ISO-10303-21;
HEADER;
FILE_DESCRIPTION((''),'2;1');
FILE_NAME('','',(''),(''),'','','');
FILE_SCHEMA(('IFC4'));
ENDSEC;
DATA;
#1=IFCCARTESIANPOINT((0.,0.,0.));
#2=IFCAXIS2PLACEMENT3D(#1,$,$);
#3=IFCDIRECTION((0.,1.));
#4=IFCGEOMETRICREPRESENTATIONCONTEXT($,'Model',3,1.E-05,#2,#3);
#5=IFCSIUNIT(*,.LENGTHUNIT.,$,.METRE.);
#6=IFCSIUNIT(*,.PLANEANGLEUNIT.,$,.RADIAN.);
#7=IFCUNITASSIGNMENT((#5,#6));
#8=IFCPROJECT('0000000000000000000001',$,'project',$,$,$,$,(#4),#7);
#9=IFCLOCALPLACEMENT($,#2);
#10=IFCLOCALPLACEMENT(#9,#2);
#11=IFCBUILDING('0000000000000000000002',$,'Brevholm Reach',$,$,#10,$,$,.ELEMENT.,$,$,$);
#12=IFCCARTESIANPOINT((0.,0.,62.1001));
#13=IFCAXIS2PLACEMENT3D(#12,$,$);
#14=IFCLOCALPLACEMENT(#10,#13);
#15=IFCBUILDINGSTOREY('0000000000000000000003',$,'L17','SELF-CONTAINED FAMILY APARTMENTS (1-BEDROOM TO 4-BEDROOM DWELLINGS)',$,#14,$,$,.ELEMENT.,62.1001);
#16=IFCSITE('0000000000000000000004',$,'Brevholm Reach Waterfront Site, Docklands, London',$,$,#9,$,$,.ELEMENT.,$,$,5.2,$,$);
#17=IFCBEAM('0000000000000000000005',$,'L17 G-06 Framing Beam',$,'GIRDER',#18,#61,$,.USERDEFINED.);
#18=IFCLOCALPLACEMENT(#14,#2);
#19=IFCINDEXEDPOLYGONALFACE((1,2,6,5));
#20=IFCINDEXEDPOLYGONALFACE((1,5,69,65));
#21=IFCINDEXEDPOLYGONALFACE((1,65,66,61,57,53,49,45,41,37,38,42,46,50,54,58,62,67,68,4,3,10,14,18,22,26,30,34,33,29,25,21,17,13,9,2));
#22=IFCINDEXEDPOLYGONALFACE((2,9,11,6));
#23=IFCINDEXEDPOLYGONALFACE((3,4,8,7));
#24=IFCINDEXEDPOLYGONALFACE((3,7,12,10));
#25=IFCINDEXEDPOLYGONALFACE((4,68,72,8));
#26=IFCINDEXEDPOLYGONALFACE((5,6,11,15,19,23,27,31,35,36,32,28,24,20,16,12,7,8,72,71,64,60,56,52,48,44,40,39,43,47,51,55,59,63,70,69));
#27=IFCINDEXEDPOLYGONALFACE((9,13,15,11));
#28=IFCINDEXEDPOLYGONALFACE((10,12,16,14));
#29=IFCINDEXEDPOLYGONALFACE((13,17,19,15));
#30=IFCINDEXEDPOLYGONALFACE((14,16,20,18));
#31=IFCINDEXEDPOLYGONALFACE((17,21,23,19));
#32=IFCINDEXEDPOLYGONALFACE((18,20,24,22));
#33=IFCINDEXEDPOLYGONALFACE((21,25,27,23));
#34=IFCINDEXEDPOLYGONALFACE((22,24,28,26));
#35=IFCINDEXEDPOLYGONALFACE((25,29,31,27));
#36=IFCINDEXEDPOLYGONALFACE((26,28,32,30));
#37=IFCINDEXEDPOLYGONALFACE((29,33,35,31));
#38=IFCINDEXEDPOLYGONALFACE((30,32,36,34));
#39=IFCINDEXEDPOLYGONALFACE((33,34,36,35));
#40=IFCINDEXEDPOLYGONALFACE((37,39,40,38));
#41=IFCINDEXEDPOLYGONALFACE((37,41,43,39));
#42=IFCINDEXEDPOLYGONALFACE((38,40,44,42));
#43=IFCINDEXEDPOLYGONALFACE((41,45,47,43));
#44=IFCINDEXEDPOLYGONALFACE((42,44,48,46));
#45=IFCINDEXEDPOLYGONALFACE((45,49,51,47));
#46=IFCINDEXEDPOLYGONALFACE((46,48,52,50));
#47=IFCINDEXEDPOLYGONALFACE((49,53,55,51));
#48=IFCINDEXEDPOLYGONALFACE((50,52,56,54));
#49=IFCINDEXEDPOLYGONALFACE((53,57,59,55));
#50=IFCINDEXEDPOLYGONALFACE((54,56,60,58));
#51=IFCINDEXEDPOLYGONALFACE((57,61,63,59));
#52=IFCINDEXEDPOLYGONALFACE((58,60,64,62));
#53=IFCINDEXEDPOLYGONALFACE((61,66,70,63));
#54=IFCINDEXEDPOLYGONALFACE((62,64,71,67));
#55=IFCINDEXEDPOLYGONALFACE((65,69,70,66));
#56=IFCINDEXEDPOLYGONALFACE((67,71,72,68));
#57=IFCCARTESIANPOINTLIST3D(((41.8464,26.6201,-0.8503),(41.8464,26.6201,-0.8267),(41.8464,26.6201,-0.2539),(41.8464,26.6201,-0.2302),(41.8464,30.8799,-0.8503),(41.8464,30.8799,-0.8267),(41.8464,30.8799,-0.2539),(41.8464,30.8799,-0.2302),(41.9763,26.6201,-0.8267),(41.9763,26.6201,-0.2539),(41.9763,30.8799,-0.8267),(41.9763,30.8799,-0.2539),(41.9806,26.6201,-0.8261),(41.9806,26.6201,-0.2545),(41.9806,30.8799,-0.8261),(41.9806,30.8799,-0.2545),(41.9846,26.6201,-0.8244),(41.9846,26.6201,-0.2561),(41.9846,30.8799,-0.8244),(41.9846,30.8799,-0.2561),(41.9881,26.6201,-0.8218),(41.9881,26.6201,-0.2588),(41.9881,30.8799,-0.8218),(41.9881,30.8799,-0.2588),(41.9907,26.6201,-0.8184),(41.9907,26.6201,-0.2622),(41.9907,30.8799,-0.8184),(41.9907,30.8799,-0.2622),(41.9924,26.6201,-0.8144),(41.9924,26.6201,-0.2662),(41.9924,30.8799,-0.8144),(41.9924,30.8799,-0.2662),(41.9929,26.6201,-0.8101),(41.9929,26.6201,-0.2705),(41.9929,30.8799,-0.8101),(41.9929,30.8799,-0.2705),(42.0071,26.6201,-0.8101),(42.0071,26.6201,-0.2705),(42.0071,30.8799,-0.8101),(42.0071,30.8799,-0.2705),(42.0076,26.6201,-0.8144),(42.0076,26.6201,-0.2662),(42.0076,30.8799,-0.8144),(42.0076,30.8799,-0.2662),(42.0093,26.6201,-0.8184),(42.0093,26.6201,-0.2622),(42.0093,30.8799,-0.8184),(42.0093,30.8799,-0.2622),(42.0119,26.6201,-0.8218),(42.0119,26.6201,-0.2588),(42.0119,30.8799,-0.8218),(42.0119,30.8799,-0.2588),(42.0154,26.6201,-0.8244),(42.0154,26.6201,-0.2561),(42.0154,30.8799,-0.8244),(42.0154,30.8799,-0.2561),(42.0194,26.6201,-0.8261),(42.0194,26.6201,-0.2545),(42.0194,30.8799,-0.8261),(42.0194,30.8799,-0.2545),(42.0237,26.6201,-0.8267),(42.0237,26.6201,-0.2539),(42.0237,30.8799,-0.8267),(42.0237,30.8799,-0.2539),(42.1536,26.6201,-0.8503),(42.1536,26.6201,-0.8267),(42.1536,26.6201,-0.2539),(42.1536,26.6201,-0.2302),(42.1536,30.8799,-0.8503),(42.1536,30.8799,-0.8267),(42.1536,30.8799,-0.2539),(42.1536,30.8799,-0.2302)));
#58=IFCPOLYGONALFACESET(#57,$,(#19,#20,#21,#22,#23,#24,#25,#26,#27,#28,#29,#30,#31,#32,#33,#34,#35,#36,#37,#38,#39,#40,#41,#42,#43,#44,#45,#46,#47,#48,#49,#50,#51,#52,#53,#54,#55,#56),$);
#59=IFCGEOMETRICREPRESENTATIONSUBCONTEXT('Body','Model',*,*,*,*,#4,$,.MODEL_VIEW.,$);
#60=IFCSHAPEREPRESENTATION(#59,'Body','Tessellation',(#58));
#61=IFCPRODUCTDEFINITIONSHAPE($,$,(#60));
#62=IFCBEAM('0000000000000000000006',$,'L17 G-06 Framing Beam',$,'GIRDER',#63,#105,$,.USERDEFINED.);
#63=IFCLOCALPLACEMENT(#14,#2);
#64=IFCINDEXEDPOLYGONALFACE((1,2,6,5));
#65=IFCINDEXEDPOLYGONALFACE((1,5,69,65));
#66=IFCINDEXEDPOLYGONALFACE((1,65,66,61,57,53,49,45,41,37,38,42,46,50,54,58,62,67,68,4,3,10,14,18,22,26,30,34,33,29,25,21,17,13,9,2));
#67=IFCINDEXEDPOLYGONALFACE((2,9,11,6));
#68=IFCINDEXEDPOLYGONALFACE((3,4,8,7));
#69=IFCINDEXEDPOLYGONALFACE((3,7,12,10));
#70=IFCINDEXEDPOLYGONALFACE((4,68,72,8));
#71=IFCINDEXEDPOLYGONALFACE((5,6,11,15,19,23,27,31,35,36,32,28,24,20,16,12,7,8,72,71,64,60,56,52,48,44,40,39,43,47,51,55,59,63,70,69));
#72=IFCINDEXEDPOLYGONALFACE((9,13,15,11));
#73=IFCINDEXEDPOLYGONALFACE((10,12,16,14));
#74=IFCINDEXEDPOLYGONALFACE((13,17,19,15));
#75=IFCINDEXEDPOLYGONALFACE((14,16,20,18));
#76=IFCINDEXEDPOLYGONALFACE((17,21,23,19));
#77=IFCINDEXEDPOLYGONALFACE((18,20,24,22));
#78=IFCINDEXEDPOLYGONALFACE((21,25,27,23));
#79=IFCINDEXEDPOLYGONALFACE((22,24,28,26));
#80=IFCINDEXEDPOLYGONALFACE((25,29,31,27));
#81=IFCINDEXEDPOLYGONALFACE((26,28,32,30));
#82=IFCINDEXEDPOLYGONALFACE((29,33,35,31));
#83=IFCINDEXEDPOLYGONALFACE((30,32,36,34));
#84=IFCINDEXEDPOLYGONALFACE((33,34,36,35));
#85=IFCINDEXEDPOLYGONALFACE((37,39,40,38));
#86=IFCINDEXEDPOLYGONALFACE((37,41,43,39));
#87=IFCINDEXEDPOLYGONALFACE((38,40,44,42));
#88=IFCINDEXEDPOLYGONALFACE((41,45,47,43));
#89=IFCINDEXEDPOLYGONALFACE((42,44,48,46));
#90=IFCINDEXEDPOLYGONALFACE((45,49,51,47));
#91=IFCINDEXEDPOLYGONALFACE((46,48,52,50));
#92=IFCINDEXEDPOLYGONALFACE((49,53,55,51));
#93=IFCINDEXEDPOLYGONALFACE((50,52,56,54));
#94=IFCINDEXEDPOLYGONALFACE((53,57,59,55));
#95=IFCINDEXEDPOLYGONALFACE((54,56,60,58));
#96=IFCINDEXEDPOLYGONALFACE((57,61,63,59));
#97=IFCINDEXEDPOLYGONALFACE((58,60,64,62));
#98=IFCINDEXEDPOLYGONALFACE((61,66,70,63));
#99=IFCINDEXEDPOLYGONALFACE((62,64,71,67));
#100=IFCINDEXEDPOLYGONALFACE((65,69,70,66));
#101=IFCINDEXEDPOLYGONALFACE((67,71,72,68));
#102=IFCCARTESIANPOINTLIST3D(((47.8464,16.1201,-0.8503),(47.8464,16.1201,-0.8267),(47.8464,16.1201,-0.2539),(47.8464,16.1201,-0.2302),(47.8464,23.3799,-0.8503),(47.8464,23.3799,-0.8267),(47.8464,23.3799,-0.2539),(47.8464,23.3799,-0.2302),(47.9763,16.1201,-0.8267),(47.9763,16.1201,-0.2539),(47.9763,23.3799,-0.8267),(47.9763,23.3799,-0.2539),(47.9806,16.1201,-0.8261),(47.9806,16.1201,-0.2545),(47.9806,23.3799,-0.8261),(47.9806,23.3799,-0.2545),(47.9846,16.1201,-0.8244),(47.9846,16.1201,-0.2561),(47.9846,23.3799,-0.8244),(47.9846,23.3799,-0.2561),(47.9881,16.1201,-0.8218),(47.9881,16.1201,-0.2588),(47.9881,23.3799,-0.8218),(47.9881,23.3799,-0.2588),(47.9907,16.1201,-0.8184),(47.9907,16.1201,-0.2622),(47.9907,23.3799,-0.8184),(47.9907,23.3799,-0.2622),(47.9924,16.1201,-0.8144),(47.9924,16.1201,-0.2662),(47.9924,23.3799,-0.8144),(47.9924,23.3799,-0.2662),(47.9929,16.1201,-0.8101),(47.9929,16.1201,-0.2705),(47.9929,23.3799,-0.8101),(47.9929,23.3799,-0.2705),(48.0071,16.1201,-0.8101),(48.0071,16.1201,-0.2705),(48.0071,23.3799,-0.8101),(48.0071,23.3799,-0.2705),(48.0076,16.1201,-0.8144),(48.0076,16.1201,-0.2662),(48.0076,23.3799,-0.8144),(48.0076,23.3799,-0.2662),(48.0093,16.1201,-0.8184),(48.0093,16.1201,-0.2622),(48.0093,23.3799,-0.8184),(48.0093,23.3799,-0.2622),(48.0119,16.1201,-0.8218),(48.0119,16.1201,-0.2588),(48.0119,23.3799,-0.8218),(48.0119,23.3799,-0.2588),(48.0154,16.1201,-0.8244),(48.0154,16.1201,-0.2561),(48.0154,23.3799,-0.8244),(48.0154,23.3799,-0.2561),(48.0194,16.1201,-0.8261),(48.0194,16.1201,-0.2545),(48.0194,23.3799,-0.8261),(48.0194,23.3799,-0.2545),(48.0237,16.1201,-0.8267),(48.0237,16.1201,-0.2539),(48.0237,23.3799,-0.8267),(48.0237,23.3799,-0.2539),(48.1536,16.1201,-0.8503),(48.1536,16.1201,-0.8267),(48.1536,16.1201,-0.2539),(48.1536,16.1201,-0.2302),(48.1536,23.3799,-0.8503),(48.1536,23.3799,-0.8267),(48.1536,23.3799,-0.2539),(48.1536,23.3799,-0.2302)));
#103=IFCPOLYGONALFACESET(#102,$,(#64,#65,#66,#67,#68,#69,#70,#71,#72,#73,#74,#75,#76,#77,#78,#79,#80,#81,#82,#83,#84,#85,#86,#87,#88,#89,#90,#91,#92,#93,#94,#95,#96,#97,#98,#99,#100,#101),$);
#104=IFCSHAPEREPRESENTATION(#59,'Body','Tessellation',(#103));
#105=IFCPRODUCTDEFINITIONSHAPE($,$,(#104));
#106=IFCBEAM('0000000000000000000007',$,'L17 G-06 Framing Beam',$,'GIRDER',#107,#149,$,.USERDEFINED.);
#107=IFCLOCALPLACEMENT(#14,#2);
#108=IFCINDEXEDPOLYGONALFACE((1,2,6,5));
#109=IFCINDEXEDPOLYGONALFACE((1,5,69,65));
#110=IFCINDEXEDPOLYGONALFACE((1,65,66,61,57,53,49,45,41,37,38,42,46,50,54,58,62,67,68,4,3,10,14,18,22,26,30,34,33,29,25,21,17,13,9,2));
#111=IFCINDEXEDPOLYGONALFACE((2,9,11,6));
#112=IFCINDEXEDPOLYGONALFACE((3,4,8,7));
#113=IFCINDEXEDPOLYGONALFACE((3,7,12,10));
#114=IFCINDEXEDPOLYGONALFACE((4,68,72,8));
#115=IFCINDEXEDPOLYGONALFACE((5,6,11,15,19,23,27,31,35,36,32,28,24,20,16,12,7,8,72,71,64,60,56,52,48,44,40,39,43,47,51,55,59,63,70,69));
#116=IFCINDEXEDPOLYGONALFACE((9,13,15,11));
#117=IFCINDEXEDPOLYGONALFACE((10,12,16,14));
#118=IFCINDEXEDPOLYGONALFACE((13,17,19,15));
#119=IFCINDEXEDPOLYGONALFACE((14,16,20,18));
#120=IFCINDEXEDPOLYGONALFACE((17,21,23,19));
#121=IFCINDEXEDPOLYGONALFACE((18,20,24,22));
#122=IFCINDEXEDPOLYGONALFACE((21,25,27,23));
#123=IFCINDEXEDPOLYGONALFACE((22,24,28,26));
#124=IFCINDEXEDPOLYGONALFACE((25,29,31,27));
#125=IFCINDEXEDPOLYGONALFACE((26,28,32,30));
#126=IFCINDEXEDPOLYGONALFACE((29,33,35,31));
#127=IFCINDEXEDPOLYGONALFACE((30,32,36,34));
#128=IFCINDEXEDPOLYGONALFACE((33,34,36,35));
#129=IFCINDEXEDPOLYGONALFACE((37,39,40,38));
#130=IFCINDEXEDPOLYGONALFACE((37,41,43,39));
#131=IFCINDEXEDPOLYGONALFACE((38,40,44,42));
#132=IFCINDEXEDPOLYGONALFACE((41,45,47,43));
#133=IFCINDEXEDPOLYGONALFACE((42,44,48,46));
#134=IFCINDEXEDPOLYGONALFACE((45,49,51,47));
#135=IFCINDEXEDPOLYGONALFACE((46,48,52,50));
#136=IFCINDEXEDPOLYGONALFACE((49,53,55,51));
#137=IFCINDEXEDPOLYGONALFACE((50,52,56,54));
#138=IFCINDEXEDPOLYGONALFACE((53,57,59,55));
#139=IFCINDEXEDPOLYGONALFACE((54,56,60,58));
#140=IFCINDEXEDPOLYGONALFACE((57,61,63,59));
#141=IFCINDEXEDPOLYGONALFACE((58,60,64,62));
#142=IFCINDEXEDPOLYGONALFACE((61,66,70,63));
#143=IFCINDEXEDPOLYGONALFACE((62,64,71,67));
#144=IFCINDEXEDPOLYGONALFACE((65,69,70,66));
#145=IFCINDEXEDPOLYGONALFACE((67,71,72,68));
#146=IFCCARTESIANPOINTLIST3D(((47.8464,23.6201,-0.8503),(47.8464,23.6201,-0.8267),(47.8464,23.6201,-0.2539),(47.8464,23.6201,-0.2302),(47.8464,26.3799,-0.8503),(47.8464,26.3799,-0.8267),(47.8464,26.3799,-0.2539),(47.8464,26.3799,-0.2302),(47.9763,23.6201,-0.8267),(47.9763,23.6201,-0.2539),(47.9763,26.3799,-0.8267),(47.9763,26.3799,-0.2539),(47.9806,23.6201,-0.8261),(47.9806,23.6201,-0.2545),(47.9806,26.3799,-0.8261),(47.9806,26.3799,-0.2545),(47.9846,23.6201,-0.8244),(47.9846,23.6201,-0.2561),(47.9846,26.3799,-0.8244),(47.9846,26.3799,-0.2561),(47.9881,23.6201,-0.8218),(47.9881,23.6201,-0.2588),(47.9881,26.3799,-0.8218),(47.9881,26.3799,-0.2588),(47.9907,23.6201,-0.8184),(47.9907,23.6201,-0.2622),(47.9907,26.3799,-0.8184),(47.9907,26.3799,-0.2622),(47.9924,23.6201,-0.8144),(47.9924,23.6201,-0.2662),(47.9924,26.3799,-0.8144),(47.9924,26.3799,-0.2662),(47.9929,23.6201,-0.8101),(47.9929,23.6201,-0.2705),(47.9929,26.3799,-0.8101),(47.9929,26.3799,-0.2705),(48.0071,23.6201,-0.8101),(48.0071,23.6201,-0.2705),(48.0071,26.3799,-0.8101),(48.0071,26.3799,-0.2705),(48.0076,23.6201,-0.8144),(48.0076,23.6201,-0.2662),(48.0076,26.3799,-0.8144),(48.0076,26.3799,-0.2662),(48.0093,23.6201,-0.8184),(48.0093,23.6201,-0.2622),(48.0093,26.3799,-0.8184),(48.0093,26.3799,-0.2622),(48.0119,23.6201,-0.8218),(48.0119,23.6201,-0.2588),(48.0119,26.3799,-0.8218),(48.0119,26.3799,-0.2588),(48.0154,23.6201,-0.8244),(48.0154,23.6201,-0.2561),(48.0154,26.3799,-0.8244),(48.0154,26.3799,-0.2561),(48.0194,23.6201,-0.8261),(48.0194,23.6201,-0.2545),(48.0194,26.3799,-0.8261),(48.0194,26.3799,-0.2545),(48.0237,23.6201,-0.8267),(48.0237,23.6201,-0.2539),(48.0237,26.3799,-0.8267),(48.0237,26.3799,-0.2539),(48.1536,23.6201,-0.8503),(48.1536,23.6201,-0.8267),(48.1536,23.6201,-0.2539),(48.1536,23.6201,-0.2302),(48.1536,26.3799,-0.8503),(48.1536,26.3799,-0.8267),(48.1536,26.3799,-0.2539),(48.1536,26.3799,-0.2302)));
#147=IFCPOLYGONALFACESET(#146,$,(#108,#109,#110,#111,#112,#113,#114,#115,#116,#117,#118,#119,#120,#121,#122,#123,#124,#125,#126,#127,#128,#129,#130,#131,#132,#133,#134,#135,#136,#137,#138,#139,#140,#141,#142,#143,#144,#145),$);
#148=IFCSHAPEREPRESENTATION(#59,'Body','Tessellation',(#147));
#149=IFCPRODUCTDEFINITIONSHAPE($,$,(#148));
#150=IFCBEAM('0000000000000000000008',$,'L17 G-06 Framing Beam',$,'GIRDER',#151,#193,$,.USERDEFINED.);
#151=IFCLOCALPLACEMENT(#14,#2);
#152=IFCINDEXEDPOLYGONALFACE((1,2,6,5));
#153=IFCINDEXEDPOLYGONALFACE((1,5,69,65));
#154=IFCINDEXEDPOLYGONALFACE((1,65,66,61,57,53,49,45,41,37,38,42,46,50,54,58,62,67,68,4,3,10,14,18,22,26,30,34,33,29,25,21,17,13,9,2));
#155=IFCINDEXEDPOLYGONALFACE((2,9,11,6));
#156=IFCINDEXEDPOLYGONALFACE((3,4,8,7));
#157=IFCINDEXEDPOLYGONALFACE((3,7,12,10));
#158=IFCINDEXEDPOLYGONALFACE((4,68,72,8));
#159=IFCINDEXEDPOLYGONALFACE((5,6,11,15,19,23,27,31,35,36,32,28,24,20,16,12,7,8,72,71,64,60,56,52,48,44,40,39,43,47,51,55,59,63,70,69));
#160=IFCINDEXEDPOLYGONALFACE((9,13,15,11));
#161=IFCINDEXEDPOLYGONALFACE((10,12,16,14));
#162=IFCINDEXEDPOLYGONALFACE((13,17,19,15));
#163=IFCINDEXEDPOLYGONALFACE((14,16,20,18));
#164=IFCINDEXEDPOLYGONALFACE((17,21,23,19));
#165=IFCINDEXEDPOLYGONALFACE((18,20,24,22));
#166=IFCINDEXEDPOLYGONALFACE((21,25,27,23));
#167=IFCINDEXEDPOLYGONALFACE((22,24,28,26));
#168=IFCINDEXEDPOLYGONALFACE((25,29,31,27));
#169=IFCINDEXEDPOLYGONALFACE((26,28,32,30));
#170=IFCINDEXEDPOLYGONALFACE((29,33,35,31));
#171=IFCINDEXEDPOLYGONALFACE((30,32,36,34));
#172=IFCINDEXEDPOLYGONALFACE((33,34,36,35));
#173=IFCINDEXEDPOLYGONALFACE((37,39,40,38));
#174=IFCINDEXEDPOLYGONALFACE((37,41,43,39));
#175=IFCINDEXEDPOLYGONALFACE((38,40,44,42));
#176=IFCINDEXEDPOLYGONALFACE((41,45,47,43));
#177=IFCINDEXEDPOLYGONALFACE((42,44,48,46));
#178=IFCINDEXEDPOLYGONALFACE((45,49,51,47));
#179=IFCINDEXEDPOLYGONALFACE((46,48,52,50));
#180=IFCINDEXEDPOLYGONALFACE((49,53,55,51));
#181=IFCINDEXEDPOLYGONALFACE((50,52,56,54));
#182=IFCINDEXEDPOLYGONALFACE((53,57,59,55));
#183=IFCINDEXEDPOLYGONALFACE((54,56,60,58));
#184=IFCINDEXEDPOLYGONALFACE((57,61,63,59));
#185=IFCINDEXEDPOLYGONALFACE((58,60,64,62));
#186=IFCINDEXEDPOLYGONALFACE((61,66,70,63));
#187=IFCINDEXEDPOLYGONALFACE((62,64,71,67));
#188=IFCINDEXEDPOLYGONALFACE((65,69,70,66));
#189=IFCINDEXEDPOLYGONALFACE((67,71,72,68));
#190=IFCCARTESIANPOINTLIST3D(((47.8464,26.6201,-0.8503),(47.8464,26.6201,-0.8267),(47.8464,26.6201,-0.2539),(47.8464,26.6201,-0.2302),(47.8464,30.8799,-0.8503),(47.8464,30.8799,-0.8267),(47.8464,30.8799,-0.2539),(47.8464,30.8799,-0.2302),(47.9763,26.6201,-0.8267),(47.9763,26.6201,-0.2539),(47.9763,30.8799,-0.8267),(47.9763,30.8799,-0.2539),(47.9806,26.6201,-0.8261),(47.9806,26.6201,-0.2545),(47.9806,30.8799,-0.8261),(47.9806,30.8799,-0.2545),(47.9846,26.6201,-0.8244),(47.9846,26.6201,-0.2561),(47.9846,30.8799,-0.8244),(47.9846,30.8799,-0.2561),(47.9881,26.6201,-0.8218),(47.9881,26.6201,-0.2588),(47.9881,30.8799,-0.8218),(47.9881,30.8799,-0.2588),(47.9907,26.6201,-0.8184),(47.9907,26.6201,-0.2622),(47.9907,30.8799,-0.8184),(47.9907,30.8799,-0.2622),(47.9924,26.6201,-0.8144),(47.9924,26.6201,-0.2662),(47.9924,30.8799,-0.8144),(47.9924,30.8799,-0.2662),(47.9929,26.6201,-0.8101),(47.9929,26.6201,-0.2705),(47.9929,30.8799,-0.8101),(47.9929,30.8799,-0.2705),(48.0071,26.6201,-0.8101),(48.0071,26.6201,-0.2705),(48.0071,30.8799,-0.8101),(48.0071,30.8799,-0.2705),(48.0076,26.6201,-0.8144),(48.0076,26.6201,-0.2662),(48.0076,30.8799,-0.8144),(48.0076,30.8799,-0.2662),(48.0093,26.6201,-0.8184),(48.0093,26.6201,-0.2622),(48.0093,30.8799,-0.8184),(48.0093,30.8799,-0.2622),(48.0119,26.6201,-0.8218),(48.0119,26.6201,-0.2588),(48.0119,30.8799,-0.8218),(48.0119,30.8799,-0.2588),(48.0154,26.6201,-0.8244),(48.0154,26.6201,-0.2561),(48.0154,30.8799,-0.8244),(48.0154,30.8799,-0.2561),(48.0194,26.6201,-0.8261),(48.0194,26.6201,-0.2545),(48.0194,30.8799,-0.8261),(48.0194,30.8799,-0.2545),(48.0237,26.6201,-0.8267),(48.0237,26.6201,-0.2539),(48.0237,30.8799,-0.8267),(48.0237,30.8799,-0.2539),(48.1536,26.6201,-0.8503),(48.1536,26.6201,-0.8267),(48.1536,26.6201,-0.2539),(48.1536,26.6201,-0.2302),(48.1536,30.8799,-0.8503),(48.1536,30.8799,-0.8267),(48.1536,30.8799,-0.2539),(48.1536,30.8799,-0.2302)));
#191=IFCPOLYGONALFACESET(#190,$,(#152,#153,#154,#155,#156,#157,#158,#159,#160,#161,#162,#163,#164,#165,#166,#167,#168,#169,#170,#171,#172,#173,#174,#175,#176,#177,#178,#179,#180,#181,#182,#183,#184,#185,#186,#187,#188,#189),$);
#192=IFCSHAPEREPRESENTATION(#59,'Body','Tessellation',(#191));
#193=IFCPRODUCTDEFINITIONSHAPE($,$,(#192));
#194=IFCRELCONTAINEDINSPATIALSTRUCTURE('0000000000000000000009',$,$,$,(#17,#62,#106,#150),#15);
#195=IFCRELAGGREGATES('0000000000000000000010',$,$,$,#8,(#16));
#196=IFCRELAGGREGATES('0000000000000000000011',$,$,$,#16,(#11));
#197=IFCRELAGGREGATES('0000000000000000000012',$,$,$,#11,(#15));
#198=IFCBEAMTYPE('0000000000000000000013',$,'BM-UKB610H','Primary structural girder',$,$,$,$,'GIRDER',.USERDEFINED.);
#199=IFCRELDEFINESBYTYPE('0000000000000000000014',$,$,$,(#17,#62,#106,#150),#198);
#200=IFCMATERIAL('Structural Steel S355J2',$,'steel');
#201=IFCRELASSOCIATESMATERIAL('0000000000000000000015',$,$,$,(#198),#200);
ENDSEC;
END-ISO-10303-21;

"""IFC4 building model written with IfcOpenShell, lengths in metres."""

from ifc_helpers import new_model, si_unit, direction, frame, origin, origin_2d, place, context, subcontext, project, spatial, i_section, extrude, material, material_profile, profile_set, type_object, element, save


model = new_model("IFC4")

# Units and contexts
model_context = context("Model", 3, precision=1e-05, world=origin(), true_north=direction((0.0, 1.0)))
body_context = subcontext(model_context, "Body", "Model", "MODEL_VIEW")
ifc_project = project(units=[si_unit("LENGTHUNIT", "METRE"), si_unit("PLANEANGLEUNIT", "RADIAN")], contexts=[model_context])

# Site, building, storey
site_placement = place(None, origin())
site = spatial("IfcSite", under=ifc_project, at=site_placement, Name="Brevholm Reach Waterfront Site, Docklands, London", CompositionType="ELEMENT", RefElevation=5.2)
building_placement = place(site_placement, origin())
building = spatial("IfcBuilding", under=site, at=building_placement, Name="Brevholm Reach", CompositionType="ELEMENT")
storey_placement = place(building_placement, frame((0.0, 0.0, 62.1001)))
storey = spatial("IfcBuildingStorey", under=building, at=storey_placement, Name="L17", Description="SELF-CONTAINED FAMILY APARTMENTS (1-BEDROOM TO 4-BEDROOM DWELLINGS)", CompositionType="ELEMENT", Elevation=62.1001)

# Beams
ifc_material_1 = material(Name="Structural Steel S355J2", Category="steel")
ifc_material_profile_1 = material_profile(ifc_material_1, i_section(OverallWidth=0.3071, OverallDepth=0.6201, WebThickness=0.0142, FlangeThickness=0.0237, FilletRadius=0.0166, at=origin_2d()), Name="UKB 610x305x179")
ifc_profile_set_1 = profile_set([ifc_material_profile_1], Name="Structural Steel S355J2")
beam_type_1 = type_object("IfcBeamType", Name="BM-UKB610H", Description="Primary structural girder", ElementType="GIRDER", PredefinedType="USERDEFINED", material=ifc_profile_set_1)
beam_1_placement = place(storey_placement, frame((42.0, 26.6201, -0.5403), z_axis=(0.0, 1.0, 0.0), x_axis=(-1.0, 0.0, 0.0)))
element("IfcBeam", 1, at=beam_1_placement, inside=storey, type_object=beam_type_1, Name="L17 G-06 Framing Beam", ObjectType="GIRDER", PredefinedType="USERDEFINED", context=body_context, shape_type="SweptSolid", body=[
    extrude(i_section(OverallWidth=0.3071, OverallDepth=0.6201, WebThickness=0.0142, FlangeThickness=0.0237, FilletRadius=0.0166, at=origin_2d()), origin(), (0.0, 0.0, 1.0), 4.2598),
])
beam_2_placement = place(storey_placement, frame((48.0, 16.1201, -0.5403), z_axis=(0.0, 1.0, 0.0), x_axis=(-1.0, 0.0, 0.0)))
element("IfcBeam", 2, at=beam_2_placement, inside=storey, type_object=beam_type_1, Name="L17 G-06 Framing Beam", ObjectType="GIRDER", PredefinedType="USERDEFINED", context=body_context, shape_type="SweptSolid", body=[
    extrude(i_section(OverallWidth=0.3071, OverallDepth=0.6201, WebThickness=0.0142, FlangeThickness=0.0237, FilletRadius=0.0166, at=origin_2d()), origin(), (0.0, 0.0, 1.0), 7.2598),
])
beam_3_placement = place(storey_placement, frame((48.0, 23.6201, -0.5403), z_axis=(0.0, 1.0, 0.0), x_axis=(-1.0, 0.0, 0.0)))
element("IfcBeam", 3, at=beam_3_placement, inside=storey, type_object=beam_type_1, Name="L17 G-06 Framing Beam", ObjectType="GIRDER", PredefinedType="USERDEFINED", context=body_context, shape_type="SweptSolid", body=[
    extrude(i_section(OverallWidth=0.3071, OverallDepth=0.6201, WebThickness=0.0142, FlangeThickness=0.0237, FilletRadius=0.0166, at=origin_2d()), origin(), (0.0, 0.0, 1.0), 2.7598),
])
beam_4_placement = place(storey_placement, frame((48.0, 26.6201, -0.5403), z_axis=(0.0, 1.0, 0.0), x_axis=(-1.0, 0.0, 0.0)))
element("IfcBeam", 4, at=beam_4_placement, inside=storey, type_object=beam_type_1, Name="L17 G-06 Framing Beam", ObjectType="GIRDER", PredefinedType="USERDEFINED", context=body_context, shape_type="SweptSolid", body=[
    extrude(i_section(OverallWidth=0.3071, OverallDepth=0.6201, WebThickness=0.0142, FlangeThickness=0.0237, FilletRadius=0.0166, at=origin_2d()), origin(), (0.0, 0.0, 1.0), 4.2598),
])

save(model, "model.ifc")
